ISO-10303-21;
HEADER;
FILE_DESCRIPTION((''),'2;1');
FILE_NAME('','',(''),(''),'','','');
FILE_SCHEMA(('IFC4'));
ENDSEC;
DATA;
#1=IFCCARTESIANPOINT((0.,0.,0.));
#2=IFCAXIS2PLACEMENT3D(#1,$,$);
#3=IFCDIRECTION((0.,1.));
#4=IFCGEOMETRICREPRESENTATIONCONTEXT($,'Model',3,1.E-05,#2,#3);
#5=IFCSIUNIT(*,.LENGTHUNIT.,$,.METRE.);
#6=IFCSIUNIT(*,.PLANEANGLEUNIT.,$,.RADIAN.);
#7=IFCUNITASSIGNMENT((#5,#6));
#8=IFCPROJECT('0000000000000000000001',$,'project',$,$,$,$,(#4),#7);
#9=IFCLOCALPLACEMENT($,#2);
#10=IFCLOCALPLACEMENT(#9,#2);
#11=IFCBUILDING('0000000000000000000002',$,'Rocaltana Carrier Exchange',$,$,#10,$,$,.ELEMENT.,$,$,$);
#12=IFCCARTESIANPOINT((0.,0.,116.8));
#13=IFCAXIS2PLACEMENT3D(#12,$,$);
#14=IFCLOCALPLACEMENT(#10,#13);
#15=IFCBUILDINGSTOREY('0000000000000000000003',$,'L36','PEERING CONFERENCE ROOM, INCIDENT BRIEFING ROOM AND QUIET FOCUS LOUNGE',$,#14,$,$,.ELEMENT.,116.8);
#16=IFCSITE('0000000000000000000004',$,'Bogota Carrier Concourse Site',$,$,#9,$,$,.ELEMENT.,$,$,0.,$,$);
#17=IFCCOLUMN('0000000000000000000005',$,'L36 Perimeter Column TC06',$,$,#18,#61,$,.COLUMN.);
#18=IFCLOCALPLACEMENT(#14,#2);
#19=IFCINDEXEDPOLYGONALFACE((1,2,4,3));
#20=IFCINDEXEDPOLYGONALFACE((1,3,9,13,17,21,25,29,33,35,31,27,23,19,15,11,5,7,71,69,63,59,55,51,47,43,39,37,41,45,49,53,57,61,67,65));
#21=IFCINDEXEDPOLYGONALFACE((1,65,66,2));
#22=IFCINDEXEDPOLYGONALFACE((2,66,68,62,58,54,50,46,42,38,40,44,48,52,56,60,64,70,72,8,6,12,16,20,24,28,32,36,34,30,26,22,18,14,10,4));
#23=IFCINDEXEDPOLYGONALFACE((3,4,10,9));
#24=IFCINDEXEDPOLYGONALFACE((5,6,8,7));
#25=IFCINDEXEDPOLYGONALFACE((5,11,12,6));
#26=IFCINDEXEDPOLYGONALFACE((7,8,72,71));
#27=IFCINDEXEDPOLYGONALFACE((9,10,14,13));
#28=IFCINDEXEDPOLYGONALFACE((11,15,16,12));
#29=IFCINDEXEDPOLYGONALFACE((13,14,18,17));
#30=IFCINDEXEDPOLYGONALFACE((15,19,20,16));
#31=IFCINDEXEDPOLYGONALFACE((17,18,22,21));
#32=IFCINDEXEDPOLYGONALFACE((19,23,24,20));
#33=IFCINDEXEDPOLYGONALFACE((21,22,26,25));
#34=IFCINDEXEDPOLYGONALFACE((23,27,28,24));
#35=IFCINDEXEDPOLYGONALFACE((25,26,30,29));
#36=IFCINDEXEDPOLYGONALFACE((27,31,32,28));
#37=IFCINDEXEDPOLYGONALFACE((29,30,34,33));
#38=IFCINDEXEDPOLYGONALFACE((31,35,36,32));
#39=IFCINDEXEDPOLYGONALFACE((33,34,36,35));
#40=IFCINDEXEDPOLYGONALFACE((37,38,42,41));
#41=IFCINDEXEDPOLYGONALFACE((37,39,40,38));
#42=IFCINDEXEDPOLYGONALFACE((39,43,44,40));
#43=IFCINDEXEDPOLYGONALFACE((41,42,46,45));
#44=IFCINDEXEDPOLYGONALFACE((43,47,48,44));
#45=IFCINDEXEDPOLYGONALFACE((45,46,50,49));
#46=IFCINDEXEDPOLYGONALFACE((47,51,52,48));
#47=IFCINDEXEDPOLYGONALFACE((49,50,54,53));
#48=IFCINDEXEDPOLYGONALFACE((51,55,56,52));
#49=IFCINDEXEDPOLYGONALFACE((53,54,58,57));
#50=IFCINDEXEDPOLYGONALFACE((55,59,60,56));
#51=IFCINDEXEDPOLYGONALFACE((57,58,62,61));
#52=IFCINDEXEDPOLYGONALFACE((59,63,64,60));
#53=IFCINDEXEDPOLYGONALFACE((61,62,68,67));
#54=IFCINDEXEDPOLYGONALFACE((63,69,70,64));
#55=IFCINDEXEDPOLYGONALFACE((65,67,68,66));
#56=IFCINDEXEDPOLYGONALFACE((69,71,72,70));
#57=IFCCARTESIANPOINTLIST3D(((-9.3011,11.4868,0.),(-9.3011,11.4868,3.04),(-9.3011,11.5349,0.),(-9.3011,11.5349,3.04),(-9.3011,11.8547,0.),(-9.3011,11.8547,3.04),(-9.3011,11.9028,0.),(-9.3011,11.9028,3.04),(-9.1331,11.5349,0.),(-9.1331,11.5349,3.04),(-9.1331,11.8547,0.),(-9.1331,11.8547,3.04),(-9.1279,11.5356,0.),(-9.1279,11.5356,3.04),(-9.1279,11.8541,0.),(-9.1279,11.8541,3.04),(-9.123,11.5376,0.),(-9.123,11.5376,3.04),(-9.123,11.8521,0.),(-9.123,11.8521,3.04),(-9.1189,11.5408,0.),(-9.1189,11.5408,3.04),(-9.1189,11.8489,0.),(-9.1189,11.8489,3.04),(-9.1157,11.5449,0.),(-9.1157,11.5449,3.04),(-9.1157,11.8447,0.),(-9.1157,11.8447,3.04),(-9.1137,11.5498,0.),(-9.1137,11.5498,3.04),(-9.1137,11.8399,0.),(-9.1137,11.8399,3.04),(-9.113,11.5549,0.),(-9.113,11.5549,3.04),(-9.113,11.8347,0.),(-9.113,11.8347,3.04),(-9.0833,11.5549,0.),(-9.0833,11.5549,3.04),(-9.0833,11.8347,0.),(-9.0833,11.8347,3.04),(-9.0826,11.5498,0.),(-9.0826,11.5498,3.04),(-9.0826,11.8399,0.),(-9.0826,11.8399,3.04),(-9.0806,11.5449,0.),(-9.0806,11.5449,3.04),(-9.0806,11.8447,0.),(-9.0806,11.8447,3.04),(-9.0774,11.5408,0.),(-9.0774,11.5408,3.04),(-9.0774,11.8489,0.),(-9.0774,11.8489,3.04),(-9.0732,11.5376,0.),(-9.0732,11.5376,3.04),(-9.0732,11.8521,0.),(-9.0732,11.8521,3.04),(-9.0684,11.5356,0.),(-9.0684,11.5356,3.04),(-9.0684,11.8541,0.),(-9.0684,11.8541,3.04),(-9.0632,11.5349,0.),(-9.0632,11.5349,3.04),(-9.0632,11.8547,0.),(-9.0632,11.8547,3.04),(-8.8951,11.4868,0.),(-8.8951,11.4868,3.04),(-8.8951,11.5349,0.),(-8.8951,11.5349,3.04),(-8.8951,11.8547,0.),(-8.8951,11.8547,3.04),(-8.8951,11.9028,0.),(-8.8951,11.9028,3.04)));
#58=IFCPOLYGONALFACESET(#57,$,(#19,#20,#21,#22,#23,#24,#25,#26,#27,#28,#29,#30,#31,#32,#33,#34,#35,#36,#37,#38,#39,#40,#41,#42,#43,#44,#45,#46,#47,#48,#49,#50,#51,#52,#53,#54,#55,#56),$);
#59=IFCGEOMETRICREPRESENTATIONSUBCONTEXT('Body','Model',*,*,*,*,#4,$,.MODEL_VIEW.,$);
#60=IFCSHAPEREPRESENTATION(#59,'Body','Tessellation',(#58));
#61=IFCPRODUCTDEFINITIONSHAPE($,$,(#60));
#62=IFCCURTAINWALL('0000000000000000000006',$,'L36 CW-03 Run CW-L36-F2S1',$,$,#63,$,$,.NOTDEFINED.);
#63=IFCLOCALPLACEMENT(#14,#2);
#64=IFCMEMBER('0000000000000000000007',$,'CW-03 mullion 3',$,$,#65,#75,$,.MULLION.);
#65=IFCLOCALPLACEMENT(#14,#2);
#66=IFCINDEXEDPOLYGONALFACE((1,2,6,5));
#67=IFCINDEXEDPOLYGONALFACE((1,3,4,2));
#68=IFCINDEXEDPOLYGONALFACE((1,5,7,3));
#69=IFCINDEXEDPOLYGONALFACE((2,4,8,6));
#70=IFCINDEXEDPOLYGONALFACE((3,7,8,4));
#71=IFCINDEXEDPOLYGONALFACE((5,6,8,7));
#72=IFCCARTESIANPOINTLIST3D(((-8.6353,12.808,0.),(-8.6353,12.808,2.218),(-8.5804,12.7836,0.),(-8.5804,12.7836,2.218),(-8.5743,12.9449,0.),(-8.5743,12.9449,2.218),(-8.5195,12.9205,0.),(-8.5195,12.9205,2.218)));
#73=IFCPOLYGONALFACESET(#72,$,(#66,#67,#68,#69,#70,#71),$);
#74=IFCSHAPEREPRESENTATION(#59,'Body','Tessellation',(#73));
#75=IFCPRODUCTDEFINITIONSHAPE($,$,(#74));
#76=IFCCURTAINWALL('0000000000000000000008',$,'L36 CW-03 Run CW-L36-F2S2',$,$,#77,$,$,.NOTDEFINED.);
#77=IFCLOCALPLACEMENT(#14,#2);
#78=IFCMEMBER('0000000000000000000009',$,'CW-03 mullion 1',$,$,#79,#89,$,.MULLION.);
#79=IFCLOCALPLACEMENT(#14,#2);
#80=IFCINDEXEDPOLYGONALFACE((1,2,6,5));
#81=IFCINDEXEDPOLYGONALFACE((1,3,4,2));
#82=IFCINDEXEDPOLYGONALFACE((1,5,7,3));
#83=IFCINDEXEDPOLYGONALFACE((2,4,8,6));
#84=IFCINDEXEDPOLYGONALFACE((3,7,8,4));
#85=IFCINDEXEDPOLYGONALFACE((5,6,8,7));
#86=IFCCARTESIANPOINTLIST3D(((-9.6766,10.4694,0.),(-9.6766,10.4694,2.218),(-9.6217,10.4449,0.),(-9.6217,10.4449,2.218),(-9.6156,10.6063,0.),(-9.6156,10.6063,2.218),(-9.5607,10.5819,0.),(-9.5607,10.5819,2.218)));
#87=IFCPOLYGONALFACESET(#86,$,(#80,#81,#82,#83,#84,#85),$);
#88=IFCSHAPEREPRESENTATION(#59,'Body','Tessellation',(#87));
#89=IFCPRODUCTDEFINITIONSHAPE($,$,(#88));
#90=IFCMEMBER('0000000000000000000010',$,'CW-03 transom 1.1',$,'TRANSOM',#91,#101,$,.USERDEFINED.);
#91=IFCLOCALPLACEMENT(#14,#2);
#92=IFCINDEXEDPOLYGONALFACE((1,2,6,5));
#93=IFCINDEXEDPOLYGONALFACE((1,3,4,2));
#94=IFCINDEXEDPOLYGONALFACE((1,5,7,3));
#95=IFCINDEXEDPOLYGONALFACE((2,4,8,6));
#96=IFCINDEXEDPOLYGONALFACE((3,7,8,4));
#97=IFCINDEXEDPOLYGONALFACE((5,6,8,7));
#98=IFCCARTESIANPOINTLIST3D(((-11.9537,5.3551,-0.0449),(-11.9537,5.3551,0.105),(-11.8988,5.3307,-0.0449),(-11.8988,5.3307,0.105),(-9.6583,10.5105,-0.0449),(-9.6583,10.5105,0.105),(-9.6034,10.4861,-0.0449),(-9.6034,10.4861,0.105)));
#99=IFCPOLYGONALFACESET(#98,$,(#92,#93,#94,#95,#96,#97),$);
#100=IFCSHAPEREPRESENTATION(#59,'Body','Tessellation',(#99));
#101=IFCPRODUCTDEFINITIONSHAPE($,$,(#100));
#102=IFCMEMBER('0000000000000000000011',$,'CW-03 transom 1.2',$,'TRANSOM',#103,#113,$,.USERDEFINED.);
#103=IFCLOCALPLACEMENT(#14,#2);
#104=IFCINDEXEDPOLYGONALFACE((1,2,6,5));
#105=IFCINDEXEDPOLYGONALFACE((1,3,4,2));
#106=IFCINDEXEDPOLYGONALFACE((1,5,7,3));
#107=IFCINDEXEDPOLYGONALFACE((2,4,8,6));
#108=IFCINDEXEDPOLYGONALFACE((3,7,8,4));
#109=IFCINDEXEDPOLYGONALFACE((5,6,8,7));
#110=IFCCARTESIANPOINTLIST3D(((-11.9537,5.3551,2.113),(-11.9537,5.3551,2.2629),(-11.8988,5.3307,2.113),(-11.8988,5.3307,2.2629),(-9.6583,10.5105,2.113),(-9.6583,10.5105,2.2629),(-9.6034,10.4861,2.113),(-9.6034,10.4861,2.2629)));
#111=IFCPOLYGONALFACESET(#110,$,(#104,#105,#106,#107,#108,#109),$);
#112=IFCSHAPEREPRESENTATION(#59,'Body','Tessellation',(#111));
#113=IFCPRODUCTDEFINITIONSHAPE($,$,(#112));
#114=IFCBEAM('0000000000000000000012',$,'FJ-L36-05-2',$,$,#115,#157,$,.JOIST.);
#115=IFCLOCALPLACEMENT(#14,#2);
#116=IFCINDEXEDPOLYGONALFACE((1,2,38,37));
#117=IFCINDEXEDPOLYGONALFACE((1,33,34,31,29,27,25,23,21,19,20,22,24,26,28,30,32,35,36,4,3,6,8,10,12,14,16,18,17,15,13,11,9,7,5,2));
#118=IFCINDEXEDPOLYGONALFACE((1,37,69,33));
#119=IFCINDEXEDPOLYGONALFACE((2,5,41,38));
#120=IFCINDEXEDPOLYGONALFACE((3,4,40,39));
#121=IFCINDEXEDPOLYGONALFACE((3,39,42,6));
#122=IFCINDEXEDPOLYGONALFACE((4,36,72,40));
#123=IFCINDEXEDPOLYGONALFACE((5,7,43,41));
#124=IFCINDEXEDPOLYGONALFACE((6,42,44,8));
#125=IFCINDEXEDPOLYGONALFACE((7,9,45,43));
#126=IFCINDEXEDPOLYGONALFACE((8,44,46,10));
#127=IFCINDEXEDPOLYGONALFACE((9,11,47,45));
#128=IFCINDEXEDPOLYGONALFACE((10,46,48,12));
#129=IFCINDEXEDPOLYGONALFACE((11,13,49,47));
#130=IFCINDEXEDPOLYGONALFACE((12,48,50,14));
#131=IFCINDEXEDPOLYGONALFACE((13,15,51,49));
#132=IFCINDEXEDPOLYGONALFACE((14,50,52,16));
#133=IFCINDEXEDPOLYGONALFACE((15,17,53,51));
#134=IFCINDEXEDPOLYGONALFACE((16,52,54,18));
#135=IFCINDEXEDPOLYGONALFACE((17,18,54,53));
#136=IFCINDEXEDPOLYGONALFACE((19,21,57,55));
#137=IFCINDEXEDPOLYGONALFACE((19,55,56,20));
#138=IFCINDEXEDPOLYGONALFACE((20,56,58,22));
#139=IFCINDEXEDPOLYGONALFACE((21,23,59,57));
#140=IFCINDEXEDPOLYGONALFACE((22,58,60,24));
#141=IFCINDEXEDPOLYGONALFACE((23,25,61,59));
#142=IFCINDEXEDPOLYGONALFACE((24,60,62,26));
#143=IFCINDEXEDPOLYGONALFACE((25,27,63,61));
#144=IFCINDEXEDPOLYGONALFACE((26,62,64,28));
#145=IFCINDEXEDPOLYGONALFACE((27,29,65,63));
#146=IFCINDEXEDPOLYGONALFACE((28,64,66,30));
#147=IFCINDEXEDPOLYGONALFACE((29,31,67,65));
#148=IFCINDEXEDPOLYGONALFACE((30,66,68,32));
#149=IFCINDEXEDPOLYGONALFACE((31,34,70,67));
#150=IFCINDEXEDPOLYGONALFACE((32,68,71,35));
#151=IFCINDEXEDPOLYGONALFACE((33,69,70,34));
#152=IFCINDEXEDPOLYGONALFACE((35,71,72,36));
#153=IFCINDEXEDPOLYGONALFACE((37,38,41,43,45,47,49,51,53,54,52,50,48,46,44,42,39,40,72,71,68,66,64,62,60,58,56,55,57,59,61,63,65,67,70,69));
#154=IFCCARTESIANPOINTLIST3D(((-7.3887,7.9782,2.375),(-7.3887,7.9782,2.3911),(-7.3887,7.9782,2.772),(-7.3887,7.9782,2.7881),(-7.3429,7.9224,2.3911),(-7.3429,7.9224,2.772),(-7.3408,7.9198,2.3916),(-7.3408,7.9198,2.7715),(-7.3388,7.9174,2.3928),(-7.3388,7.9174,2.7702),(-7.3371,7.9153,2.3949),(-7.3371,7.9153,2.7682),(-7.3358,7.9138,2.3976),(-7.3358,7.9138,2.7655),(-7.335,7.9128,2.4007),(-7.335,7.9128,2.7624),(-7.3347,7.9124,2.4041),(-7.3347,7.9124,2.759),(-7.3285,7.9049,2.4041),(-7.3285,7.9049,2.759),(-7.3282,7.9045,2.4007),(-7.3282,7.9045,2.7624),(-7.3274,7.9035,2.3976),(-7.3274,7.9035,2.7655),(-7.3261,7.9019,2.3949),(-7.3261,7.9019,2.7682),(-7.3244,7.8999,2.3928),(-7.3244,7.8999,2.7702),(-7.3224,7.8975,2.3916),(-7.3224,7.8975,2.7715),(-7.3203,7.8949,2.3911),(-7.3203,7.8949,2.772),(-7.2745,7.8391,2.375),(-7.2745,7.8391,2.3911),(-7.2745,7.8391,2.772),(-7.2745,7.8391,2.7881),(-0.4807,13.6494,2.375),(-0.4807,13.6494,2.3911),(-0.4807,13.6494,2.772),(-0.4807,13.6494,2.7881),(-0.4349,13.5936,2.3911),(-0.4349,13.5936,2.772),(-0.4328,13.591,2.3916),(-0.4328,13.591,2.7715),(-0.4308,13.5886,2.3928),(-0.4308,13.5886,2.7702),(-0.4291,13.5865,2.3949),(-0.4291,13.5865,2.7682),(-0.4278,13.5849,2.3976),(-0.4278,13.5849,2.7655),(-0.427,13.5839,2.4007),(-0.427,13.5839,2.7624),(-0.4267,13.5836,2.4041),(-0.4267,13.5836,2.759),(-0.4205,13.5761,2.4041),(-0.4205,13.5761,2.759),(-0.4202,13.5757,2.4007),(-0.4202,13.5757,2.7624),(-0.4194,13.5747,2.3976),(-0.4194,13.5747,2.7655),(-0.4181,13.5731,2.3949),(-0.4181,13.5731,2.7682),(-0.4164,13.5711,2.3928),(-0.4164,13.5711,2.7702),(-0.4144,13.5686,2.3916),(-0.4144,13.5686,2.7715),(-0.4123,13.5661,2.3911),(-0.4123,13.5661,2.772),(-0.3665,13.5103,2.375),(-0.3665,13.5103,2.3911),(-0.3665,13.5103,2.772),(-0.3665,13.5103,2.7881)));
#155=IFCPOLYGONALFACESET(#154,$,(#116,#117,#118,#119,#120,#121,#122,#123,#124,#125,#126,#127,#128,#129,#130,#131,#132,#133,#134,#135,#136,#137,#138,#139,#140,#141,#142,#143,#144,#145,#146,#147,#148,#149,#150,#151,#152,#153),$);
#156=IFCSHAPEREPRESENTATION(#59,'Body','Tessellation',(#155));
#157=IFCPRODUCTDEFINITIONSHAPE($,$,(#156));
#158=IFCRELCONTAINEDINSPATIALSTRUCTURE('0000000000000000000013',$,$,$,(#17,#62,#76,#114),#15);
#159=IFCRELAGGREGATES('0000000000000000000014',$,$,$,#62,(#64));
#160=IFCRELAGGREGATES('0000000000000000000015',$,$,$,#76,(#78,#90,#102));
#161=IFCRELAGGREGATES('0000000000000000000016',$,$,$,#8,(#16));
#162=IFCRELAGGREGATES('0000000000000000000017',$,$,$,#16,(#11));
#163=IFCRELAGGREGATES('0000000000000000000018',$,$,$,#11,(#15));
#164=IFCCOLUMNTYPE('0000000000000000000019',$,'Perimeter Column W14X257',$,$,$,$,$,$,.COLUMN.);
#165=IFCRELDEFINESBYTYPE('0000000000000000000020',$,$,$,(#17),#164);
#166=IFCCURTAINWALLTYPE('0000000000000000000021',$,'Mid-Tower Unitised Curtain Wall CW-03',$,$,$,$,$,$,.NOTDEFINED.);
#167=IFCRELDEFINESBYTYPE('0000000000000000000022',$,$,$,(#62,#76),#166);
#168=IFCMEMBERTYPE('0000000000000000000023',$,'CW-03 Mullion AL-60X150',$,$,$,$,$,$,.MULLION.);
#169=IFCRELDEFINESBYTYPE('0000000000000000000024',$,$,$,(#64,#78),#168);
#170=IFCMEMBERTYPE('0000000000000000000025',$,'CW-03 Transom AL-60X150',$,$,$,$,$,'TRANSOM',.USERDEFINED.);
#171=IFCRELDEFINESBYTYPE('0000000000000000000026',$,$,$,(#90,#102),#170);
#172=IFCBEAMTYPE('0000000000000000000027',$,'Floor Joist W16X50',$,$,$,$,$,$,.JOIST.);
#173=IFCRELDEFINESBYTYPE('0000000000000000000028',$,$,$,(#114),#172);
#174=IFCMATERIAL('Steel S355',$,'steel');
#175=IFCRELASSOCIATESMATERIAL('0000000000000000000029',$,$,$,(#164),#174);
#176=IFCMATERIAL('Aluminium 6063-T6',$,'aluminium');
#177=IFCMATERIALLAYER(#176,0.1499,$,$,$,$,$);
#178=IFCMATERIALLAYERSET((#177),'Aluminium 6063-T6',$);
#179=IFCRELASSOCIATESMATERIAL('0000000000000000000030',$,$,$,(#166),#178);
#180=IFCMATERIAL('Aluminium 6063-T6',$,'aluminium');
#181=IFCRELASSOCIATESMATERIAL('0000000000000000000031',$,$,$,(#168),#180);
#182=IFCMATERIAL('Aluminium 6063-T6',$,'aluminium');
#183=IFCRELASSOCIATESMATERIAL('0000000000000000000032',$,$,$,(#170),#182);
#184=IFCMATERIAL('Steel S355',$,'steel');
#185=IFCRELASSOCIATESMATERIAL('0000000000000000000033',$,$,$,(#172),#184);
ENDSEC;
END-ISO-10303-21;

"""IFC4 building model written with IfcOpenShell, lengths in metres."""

from ifc_helpers import new_model, si_unit, direction, frame, origin, origin_2d, place, context, subcontext, project, spatial, rectangle, i_section, extrude, material, layer, layer_set, material_profile, profile_set, type_object, element, aggregate, save


model = new_model("IFC4")

# Units and contexts
model_context = context("Model", 3, precision=1e-05, world=origin(), true_north=direction((0.0, 1.0)))
body_context = subcontext(model_context, "Body", "Model", "MODEL_VIEW")
ifc_project = project(units=[si_unit("LENGTHUNIT", "METRE"), si_unit("PLANEANGLEUNIT", "RADIAN")], contexts=[model_context])

# Site, building, storey
site_placement = place(None, origin())
site = spatial("IfcSite", under=ifc_project, at=site_placement, Name="Bogota Carrier Concourse Site", CompositionType="ELEMENT", RefElevation=0.0)
building_placement = place(site_placement, origin())
building = spatial("IfcBuilding", under=site, at=building_placement, Name="Rocaltana Carrier Exchange", CompositionType="ELEMENT")
storey_placement = place(building_placement, frame((0.0, 0.0, 116.8)))
storey = spatial("IfcBuildingStorey", under=building, at=storey_placement, Name="L36", Description="PEERING CONFERENCE ROOM, INCIDENT BRIEFING ROOM AND QUIET FOCUS LOUNGE", CompositionType="ELEMENT", Elevation=116.8)

# Column
ifc_material_1 = material(Name="Steel S355", Category="steel")
ifc_material_profile_1 = material_profile(ifc_material_1, i_section(OverallWidth=0.406, OverallDepth=0.416, WebThickness=0.0298, FlangeThickness=0.0481, FilletRadius=0.02, at=origin_2d()), Name="W14X257")
ifc_profile_set_1 = profile_set([ifc_material_profile_1], Name="Steel S355")
column_type = type_object("IfcColumnType", Name="Perimeter Column W14X257", PredefinedType="COLUMN", material=ifc_profile_set_1)
column_placement = place(storey_placement, frame((-9.0981, 11.6948, 0.0), z_axis=(0.0, 0.0, 1.0), x_axis=(1.0, 0.0, 0.0)))
element("IfcColumn", 1, at=column_placement, inside=storey, type_object=column_type, Name="L36 Perimeter Column TC06", PredefinedType="COLUMN", context=body_context, shape_type="SweptSolid", body=[
    extrude(i_section(OverallWidth=0.406, OverallDepth=0.416, WebThickness=0.0298, FlangeThickness=0.0481, FilletRadius=0.02, at=origin_2d()), origin(), (0.0, 0.0, 1.0), 3.04),
])

# Curtain wall, member
ifc_material_2 = material(Name="Aluminium 6063-T6", Category="aluminium")
ifc_layer_1 = layer(ifc_material_2, 0.1499)
ifc_layer_set_1 = layer_set([ifc_layer_1], Name="Aluminium 6063-T6")
curtain_wall_type = type_object("IfcCurtainWallType", Name="Mid-Tower Unitised Curtain Wall CW-03", PredefinedType="NOTDEFINED", material=ifc_layer_set_1)
curtain_wall_1_placement = place(storey_placement, origin())
curtain_wall_1 = element("IfcCurtainWall", 2, at=curtain_wall_1_placement, inside=storey, type_object=curtain_wall_type, Name="L36 CW-03 Run CW-L36-F2S1", PredefinedType="NOTDEFINED")
ifc_material_3 = material(Name="Aluminium 6063-T6", Category="aluminium")
ifc_material_profile_2 = material_profile(ifc_material_3, rectangle(XDim=0.0601, YDim=0.1499, at=origin_2d()), Name="AL-60X150")
ifc_profile_set_2 = profile_set([ifc_material_profile_2], Name="Aluminium 6063-T6")
member_type_1 = type_object("IfcMemberType", Name="CW-03 Mullion AL-60X150", PredefinedType="MULLION", material=ifc_profile_set_2)
member_1_placement = place(storey_placement, frame((-8.5774, 12.8643, 0.0), z_axis=(0.0, 0.0, 1.0), x_axis=(0.913544, -0.40674, 0.0)))
member_1 = element("IfcMember", 3, at=member_1_placement, type_object=member_type_1, Name="CW-03 mullion 3", PredefinedType="MULLION", context=body_context, shape_type="SweptSolid", body=[
    extrude(rectangle(XDim=0.0601, YDim=0.1499, at=origin_2d()), origin(), (0.0, 0.0, 1.0), 2.218),
])
aggregate(curtain_wall_1, [member_1])

# Curtain wall, members
curtain_wall_2_placement = place(storey_placement, origin())
curtain_wall_2 = element("IfcCurtainWall", 4, at=curtain_wall_2_placement, inside=storey, type_object=curtain_wall_type, Name="L36 CW-03 Run CW-L36-F2S2", PredefinedType="NOTDEFINED")
member_2_placement = place(storey_placement, frame((-9.6187, 10.5256, 0.0), z_axis=(0.0, 0.0, 1.0), x_axis=(0.913542, -0.406744, 0.0)))
member_2 = element("IfcMember", 5, at=member_2_placement, type_object=member_type_1, Name="CW-03 mullion 1", PredefinedType="MULLION", context=body_context, shape_type="SweptSolid", body=[
    extrude(rectangle(XDim=0.0601, YDim=0.1499, at=origin_2d()), origin(), (0.0, 0.0, 1.0), 2.218),
])
ifc_material_4 = material(Name="Aluminium 6063-T6", Category="aluminium")
ifc_material_profile_3 = material_profile(ifc_material_4, rectangle(XDim=0.0601, YDim=0.1499, at=origin_2d()), Name="AL-60X150")
ifc_profile_set_3 = profile_set([ifc_material_profile_3], Name="Aluminium 6063-T6")
member_type_2 = type_object("IfcMemberType", Name="CW-03 Transom AL-60X150", ElementType="TRANSOM", PredefinedType="USERDEFINED", material=ifc_profile_set_3)
member_3_placement = place(storey_placement, frame((-9.6309, 10.4983, 0.03), z_axis=(-0.40674, -0.913544, 0.0), x_axis=(0.913544, -0.40674, 0.0)))
member_3 = element("IfcMember", 6, at=member_3_placement, type_object=member_type_2, Name="CW-03 transom 1.1", ObjectType="TRANSOM", PredefinedType="USERDEFINED", context=body_context, shape_type="SweptSolid", body=[
    extrude(rectangle(XDim=0.0601, YDim=0.1499, at=origin_2d()), origin(), (0.0, 0.0, 1.0), 5.6433),
])
member_4_placement = place(storey_placement, frame((-9.6309, 10.4983, 2.188), z_axis=(-0.40674, -0.913544, 0.0), x_axis=(0.913544, -0.40674, 0.0)))
member_4 = element("IfcMember", 7, at=member_4_placement, type_object=member_type_2, Name="CW-03 transom 1.2", ObjectType="TRANSOM", PredefinedType="USERDEFINED", context=body_context, shape_type="SweptSolid", body=[
    extrude(rectangle(XDim=0.0601, YDim=0.1499, at=origin_2d()), origin(), (0.0, 0.0, 1.0), 5.6433),
])

# Beam
ifc_material_5 = material(Name="Steel S355", Category="steel")
ifc_material_profile_4 = material_profile(ifc_material_5, i_section(OverallWidth=0.1799, OverallDepth=0.4131, WebThickness=0.0098, FlangeThickness=0.0161, FilletRadius=0.0129, at=origin_2d()), Name="W16X50")
ifc_profile_set_4 = profile_set([ifc_material_profile_4], Name="Steel S355")
beam_type_1 = type_object("IfcBeamType", Name="Floor Joist W16X50", PredefinedType="JOIST", material=ifc_profile_set_4)
beam_1_placement = place(storey_placement, frame((-0.4236, 13.5798, 2.5815), z_axis=(-0.772905, -0.634522, 0.0), x_axis=(0.634522, -0.772905, 0.0)))
element("IfcBeam", 8, at=beam_1_placement, inside=storey, type_object=beam_type_1, Name="FJ-L36-05-2", PredefinedType="JOIST", context=body_context, shape_type="SweptSolid", body=[
    extrude(i_section(OverallWidth=0.1799, OverallDepth=0.4131, WebThickness=0.0098, FlangeThickness=0.0161, FilletRadius=0.0129, at=origin_2d()), origin(), (0.0, 0.0, 1.0), 8.9377),
])

aggregate(curtain_wall_2, [member_2, member_3, member_4])

save(model, "model.ifc")
